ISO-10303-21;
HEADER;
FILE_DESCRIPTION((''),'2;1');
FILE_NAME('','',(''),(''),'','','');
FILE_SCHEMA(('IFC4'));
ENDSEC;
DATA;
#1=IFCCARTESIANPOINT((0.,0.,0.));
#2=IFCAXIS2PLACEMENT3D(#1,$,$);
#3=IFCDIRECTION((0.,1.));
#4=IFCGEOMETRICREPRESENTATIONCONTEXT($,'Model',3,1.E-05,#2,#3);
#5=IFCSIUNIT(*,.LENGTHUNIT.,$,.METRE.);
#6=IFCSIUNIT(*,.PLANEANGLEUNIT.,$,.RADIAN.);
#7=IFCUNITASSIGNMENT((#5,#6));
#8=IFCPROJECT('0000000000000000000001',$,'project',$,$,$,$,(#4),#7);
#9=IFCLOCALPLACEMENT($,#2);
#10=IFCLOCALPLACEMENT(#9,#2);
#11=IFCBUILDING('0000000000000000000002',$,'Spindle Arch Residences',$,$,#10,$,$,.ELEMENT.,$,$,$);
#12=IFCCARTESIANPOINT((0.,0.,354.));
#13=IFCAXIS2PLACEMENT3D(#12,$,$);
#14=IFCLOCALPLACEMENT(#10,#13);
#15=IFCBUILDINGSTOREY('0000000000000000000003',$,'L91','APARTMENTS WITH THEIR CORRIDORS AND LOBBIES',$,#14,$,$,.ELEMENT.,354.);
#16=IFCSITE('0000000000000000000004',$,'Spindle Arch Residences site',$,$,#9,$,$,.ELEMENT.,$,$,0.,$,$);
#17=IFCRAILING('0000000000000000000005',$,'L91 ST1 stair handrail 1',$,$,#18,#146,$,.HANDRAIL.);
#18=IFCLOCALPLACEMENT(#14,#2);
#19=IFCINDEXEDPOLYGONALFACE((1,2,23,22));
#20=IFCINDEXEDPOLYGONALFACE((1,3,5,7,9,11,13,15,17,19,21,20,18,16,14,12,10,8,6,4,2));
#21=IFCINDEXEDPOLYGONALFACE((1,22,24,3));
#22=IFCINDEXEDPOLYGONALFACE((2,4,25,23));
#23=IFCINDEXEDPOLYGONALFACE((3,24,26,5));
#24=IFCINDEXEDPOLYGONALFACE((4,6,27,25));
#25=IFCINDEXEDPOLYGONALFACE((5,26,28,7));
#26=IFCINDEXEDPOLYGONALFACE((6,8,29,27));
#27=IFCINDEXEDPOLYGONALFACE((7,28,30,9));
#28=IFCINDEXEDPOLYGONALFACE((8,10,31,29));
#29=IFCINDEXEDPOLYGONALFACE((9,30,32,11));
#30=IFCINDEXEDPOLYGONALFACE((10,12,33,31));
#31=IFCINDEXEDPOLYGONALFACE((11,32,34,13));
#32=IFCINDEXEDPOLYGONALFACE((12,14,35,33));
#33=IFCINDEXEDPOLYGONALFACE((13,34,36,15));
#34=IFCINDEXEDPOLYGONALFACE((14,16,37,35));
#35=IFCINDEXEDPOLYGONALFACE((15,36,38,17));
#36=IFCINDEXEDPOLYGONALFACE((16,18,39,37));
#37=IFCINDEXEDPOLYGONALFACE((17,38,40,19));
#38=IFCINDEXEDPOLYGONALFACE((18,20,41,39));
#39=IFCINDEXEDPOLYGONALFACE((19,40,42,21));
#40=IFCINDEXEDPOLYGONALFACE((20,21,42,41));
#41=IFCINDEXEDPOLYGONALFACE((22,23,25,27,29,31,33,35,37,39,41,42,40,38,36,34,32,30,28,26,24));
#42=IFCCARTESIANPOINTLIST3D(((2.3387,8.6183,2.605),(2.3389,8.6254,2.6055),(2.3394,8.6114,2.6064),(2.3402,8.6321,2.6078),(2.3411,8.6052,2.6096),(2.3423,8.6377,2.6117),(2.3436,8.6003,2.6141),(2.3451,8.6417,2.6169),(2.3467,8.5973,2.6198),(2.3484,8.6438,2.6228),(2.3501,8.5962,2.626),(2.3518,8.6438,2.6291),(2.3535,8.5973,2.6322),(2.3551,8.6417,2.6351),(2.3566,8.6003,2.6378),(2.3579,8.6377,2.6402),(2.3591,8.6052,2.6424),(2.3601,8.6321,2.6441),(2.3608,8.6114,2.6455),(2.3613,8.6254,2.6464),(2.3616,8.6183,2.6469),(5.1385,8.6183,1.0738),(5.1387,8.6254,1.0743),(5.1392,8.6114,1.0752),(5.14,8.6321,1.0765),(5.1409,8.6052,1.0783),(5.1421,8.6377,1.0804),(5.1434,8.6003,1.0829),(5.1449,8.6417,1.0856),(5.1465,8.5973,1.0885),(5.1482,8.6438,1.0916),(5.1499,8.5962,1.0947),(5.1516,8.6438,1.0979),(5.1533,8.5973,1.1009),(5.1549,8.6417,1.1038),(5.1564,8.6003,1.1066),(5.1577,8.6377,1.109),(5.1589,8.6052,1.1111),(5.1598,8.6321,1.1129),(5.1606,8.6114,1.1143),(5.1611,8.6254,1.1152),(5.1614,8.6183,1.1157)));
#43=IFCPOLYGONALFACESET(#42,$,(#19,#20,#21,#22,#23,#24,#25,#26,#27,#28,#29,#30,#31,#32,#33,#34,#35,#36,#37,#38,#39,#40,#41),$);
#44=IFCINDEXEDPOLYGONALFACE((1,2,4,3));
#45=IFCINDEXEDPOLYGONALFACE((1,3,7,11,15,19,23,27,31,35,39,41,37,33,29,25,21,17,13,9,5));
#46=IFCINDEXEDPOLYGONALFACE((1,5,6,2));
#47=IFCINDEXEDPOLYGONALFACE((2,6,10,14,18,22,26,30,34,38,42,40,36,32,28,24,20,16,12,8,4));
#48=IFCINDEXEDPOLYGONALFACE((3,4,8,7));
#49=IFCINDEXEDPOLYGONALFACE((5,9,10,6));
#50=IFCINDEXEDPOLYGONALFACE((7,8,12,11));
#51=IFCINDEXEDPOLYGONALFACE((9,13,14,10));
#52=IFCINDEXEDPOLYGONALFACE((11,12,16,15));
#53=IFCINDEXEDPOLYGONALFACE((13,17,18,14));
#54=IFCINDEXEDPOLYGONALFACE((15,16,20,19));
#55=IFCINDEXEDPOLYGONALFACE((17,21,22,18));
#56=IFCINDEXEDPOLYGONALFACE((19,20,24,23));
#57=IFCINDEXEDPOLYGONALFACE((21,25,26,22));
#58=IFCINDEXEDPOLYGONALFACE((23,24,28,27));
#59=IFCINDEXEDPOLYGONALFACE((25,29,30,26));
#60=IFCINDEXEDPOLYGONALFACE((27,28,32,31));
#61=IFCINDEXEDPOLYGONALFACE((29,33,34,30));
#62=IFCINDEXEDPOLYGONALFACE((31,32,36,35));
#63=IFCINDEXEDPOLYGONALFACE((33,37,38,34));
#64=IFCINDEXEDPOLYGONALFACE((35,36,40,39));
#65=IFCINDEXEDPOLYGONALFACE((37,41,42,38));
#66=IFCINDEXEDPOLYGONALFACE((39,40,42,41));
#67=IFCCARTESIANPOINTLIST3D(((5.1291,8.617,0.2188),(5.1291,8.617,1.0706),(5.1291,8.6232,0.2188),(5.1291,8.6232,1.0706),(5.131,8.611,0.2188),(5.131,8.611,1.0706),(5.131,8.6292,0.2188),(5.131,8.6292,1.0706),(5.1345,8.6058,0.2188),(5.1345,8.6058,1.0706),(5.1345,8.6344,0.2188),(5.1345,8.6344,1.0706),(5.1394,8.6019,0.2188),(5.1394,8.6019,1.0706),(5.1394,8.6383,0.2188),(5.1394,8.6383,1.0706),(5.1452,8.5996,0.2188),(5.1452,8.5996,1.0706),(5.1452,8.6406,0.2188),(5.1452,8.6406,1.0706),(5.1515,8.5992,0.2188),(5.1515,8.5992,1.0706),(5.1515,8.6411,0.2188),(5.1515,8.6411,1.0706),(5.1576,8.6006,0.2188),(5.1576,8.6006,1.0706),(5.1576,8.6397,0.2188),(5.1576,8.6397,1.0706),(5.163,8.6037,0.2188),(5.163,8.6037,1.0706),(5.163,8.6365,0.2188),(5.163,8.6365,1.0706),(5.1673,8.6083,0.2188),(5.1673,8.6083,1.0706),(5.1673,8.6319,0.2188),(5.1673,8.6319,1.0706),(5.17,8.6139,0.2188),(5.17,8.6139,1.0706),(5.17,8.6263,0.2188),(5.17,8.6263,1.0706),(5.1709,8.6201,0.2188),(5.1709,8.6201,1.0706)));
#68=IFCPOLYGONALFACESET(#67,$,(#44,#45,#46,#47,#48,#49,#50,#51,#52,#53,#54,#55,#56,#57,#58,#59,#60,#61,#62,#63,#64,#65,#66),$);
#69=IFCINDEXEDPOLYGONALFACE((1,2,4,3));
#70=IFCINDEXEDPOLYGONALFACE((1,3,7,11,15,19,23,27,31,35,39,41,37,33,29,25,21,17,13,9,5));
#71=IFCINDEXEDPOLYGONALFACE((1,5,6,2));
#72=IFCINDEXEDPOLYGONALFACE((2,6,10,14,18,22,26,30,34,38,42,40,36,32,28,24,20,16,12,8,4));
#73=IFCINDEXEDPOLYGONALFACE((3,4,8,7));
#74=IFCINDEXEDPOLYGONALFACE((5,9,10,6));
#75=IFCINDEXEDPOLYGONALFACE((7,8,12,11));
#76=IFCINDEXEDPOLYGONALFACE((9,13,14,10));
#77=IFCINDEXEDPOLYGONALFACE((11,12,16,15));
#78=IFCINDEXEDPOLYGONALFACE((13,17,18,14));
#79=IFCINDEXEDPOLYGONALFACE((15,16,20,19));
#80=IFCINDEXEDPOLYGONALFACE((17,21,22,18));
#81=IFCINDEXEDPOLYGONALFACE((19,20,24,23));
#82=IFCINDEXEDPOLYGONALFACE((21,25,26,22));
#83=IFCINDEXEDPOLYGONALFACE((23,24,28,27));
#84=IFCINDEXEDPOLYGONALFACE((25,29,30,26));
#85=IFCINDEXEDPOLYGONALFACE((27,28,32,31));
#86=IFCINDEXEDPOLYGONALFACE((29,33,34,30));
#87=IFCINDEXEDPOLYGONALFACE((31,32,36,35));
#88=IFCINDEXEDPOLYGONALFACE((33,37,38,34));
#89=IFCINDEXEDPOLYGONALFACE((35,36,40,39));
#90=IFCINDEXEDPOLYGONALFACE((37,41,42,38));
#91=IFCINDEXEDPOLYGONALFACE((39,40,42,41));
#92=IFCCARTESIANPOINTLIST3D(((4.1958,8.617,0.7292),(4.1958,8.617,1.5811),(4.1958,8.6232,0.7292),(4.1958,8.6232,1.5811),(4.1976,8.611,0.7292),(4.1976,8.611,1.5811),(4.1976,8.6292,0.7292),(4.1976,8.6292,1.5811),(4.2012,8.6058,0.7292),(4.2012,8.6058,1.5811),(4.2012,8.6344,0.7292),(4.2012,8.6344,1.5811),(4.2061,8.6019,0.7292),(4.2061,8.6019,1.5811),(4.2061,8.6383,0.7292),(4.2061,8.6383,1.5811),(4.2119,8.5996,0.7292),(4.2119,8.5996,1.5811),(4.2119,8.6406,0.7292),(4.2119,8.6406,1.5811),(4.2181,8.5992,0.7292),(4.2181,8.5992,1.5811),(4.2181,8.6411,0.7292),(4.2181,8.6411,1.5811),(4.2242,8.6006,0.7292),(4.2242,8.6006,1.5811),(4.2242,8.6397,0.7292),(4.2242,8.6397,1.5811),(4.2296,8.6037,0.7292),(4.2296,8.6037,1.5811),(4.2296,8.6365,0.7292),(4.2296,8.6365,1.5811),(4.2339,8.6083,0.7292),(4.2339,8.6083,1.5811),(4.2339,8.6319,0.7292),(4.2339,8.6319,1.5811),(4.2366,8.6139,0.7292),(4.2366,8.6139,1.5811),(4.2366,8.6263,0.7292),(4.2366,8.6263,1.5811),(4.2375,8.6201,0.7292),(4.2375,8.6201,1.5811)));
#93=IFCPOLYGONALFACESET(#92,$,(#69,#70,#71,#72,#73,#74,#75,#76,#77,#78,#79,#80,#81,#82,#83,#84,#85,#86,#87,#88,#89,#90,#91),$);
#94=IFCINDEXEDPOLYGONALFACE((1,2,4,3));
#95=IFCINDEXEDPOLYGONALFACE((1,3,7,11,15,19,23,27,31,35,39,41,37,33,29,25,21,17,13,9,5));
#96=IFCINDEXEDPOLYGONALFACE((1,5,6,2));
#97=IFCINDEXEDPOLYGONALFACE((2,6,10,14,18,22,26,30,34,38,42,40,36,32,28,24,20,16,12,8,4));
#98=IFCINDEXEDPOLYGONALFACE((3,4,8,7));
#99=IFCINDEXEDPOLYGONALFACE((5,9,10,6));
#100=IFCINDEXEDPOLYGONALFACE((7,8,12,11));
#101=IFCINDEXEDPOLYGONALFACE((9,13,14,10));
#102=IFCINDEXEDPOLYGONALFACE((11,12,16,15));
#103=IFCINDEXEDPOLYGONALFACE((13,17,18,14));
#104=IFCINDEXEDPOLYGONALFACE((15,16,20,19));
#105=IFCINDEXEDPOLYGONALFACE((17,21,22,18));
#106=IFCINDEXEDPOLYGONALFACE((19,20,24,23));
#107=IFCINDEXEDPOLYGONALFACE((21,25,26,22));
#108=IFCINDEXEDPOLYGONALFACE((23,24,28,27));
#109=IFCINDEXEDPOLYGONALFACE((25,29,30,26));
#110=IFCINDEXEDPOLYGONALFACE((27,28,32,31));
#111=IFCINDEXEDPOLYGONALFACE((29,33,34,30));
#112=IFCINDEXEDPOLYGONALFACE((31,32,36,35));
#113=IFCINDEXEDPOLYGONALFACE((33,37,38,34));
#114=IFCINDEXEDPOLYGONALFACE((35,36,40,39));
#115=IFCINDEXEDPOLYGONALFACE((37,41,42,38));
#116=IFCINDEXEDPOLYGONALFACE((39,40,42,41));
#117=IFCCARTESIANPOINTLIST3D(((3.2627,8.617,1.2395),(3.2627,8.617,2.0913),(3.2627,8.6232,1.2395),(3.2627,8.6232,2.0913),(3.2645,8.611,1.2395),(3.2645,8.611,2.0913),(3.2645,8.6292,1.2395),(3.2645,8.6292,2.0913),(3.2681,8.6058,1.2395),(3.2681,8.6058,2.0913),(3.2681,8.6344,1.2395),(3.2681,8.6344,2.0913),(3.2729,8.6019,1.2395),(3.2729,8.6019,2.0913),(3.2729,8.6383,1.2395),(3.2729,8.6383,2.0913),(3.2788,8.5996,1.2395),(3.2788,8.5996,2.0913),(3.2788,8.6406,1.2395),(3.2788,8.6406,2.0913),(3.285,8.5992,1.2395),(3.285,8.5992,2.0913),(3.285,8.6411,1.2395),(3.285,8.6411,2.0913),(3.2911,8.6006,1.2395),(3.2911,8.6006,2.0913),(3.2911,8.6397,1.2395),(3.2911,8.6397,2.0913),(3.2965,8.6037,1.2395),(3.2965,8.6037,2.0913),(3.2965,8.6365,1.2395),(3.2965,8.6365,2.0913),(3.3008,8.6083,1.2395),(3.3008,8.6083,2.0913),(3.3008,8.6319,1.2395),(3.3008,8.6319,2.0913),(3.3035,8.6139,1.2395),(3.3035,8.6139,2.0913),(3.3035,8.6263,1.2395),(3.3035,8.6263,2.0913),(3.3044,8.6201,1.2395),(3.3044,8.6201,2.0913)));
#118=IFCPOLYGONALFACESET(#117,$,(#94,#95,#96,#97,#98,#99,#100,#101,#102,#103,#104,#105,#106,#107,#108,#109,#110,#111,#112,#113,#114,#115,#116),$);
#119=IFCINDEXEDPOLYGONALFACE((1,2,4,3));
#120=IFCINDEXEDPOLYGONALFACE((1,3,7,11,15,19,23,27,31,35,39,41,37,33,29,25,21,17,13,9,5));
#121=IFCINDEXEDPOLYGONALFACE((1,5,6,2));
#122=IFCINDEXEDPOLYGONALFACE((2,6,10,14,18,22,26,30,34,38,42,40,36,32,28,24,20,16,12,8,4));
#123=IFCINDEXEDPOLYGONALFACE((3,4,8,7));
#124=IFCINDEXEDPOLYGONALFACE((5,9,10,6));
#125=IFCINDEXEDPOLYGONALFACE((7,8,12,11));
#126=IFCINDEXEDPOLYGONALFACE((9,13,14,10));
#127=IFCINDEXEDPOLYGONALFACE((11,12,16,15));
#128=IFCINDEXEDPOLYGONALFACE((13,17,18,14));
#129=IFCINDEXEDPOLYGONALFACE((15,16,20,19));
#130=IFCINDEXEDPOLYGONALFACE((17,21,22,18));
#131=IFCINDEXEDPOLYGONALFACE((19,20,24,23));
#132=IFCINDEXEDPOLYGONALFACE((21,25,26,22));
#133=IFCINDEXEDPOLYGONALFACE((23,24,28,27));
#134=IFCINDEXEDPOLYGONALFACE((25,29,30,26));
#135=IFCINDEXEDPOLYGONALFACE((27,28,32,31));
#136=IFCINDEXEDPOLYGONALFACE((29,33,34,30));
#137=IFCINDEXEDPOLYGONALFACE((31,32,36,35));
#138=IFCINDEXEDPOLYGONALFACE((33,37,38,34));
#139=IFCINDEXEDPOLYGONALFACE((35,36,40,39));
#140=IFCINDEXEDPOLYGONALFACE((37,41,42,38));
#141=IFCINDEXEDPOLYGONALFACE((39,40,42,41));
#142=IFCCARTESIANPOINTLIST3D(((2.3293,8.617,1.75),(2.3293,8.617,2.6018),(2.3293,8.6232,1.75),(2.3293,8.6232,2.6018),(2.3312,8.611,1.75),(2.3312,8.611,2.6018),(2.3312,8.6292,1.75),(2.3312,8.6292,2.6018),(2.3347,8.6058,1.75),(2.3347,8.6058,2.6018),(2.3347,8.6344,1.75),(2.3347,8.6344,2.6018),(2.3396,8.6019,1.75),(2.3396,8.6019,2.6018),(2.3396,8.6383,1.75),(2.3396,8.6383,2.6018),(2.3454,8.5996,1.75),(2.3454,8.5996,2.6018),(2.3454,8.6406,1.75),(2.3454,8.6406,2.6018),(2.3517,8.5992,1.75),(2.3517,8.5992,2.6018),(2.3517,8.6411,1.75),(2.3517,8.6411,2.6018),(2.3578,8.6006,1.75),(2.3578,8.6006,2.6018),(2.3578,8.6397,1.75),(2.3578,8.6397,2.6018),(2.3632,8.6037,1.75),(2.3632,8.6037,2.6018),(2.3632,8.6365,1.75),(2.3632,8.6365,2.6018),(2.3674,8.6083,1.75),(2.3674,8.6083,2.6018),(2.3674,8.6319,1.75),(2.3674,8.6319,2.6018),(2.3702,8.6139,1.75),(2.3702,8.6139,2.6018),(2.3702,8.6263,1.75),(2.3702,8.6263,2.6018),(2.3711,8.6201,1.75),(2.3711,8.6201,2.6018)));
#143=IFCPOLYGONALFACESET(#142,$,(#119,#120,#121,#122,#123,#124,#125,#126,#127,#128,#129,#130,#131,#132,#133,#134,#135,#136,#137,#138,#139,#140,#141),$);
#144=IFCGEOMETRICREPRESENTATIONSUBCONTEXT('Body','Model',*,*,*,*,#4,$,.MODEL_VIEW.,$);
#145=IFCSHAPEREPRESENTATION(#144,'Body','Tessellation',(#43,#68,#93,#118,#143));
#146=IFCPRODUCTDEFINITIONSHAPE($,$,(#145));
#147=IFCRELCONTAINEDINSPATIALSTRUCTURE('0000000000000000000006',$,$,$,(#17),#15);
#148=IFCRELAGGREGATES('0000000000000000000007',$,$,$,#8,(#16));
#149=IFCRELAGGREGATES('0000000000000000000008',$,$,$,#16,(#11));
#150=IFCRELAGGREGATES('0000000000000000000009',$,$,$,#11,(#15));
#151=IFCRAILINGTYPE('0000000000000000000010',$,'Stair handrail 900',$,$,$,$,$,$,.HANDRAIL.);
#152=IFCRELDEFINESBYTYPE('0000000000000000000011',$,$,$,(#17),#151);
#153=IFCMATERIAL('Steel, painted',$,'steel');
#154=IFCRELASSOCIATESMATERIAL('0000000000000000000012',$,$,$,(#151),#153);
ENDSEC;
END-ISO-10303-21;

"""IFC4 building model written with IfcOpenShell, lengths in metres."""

from ifc_helpers import new_model, si_unit, direction, frame, origin, origin_2d, place, context, subcontext, project, spatial, circle, extrude, material, type_object, element, save


model = new_model("IFC4")

# Units and contexts
model_context = context("Model", 3, precision=1e-05, world=origin(), true_north=direction((0.0, 1.0)))
body_context = subcontext(model_context, "Body", "Model", "MODEL_VIEW")
ifc_project = project(units=[si_unit("LENGTHUNIT", "METRE"), si_unit("PLANEANGLEUNIT", "RADIAN")], contexts=[model_context])

# Site, building, storey
site_placement = place(None, origin())
site = spatial("IfcSite", under=ifc_project, at=site_placement, Name="Spindle Arch Residences site", CompositionType="ELEMENT", RefElevation=0.0)
building_placement = place(site_placement, origin())
building = spatial("IfcBuilding", under=site, at=building_placement, Name="Spindle Arch Residences", CompositionType="ELEMENT")
storey_placement = place(building_placement, frame((0.0, 0.0, 354.0)))
storey = spatial("IfcBuildingStorey", under=building, at=storey_placement, Name="L91", Description="APARTMENTS WITH THEIR CORRIDORS AND LOBBIES", CompositionType="ELEMENT", Elevation=354.0)

# Railing
ifc_material_1 = material(Name="Steel, painted", Category="steel")
railing_type_1 = type_object("IfcRailingType", Name="Stair handrail 900", PredefinedType="HANDRAIL", material=ifc_material_1)
railing_1_placement = place(storey_placement, frame((5.1499, 8.6201, 0.2188)))
element("IfcRailing", 1, at=railing_1_placement, inside=storey, type_object=railing_type_1, Name="L91 ST1 stair handrail 1", PredefinedType="HANDRAIL", context=body_context, shape_type="SweptSolid", body=[
    extrude(circle(Radius=0.0239, at=origin_2d()), frame((0.0, 0.0, 0.876), z_axis=(-0.877357, 0.0, 0.479838), x_axis=(0.0, -1.0, 0.0)), (0.0, 0.0, 1.0), 3.1912),
    extrude(circle(Radius=0.021, at=origin_2d()), origin(), (0.0, 0.0, 1.0), 0.8518),
    extrude(circle(Radius=0.021, at=origin_2d()), frame((-0.9333, 0.0, 0.5105)), (0.0, 0.0, 1.0), 0.8518),
    extrude(circle(Radius=0.021, at=origin_2d()), frame((-1.8665, 0.0, 1.0208)), (0.0, 0.0, 1.0), 0.8518),
    extrude(circle(Radius=0.021, at=origin_2d()), frame((-2.7998, 0.0, 1.5312)), (0.0, 0.0, 1.0), 0.8518),
])

save(model, "model.ifc")
